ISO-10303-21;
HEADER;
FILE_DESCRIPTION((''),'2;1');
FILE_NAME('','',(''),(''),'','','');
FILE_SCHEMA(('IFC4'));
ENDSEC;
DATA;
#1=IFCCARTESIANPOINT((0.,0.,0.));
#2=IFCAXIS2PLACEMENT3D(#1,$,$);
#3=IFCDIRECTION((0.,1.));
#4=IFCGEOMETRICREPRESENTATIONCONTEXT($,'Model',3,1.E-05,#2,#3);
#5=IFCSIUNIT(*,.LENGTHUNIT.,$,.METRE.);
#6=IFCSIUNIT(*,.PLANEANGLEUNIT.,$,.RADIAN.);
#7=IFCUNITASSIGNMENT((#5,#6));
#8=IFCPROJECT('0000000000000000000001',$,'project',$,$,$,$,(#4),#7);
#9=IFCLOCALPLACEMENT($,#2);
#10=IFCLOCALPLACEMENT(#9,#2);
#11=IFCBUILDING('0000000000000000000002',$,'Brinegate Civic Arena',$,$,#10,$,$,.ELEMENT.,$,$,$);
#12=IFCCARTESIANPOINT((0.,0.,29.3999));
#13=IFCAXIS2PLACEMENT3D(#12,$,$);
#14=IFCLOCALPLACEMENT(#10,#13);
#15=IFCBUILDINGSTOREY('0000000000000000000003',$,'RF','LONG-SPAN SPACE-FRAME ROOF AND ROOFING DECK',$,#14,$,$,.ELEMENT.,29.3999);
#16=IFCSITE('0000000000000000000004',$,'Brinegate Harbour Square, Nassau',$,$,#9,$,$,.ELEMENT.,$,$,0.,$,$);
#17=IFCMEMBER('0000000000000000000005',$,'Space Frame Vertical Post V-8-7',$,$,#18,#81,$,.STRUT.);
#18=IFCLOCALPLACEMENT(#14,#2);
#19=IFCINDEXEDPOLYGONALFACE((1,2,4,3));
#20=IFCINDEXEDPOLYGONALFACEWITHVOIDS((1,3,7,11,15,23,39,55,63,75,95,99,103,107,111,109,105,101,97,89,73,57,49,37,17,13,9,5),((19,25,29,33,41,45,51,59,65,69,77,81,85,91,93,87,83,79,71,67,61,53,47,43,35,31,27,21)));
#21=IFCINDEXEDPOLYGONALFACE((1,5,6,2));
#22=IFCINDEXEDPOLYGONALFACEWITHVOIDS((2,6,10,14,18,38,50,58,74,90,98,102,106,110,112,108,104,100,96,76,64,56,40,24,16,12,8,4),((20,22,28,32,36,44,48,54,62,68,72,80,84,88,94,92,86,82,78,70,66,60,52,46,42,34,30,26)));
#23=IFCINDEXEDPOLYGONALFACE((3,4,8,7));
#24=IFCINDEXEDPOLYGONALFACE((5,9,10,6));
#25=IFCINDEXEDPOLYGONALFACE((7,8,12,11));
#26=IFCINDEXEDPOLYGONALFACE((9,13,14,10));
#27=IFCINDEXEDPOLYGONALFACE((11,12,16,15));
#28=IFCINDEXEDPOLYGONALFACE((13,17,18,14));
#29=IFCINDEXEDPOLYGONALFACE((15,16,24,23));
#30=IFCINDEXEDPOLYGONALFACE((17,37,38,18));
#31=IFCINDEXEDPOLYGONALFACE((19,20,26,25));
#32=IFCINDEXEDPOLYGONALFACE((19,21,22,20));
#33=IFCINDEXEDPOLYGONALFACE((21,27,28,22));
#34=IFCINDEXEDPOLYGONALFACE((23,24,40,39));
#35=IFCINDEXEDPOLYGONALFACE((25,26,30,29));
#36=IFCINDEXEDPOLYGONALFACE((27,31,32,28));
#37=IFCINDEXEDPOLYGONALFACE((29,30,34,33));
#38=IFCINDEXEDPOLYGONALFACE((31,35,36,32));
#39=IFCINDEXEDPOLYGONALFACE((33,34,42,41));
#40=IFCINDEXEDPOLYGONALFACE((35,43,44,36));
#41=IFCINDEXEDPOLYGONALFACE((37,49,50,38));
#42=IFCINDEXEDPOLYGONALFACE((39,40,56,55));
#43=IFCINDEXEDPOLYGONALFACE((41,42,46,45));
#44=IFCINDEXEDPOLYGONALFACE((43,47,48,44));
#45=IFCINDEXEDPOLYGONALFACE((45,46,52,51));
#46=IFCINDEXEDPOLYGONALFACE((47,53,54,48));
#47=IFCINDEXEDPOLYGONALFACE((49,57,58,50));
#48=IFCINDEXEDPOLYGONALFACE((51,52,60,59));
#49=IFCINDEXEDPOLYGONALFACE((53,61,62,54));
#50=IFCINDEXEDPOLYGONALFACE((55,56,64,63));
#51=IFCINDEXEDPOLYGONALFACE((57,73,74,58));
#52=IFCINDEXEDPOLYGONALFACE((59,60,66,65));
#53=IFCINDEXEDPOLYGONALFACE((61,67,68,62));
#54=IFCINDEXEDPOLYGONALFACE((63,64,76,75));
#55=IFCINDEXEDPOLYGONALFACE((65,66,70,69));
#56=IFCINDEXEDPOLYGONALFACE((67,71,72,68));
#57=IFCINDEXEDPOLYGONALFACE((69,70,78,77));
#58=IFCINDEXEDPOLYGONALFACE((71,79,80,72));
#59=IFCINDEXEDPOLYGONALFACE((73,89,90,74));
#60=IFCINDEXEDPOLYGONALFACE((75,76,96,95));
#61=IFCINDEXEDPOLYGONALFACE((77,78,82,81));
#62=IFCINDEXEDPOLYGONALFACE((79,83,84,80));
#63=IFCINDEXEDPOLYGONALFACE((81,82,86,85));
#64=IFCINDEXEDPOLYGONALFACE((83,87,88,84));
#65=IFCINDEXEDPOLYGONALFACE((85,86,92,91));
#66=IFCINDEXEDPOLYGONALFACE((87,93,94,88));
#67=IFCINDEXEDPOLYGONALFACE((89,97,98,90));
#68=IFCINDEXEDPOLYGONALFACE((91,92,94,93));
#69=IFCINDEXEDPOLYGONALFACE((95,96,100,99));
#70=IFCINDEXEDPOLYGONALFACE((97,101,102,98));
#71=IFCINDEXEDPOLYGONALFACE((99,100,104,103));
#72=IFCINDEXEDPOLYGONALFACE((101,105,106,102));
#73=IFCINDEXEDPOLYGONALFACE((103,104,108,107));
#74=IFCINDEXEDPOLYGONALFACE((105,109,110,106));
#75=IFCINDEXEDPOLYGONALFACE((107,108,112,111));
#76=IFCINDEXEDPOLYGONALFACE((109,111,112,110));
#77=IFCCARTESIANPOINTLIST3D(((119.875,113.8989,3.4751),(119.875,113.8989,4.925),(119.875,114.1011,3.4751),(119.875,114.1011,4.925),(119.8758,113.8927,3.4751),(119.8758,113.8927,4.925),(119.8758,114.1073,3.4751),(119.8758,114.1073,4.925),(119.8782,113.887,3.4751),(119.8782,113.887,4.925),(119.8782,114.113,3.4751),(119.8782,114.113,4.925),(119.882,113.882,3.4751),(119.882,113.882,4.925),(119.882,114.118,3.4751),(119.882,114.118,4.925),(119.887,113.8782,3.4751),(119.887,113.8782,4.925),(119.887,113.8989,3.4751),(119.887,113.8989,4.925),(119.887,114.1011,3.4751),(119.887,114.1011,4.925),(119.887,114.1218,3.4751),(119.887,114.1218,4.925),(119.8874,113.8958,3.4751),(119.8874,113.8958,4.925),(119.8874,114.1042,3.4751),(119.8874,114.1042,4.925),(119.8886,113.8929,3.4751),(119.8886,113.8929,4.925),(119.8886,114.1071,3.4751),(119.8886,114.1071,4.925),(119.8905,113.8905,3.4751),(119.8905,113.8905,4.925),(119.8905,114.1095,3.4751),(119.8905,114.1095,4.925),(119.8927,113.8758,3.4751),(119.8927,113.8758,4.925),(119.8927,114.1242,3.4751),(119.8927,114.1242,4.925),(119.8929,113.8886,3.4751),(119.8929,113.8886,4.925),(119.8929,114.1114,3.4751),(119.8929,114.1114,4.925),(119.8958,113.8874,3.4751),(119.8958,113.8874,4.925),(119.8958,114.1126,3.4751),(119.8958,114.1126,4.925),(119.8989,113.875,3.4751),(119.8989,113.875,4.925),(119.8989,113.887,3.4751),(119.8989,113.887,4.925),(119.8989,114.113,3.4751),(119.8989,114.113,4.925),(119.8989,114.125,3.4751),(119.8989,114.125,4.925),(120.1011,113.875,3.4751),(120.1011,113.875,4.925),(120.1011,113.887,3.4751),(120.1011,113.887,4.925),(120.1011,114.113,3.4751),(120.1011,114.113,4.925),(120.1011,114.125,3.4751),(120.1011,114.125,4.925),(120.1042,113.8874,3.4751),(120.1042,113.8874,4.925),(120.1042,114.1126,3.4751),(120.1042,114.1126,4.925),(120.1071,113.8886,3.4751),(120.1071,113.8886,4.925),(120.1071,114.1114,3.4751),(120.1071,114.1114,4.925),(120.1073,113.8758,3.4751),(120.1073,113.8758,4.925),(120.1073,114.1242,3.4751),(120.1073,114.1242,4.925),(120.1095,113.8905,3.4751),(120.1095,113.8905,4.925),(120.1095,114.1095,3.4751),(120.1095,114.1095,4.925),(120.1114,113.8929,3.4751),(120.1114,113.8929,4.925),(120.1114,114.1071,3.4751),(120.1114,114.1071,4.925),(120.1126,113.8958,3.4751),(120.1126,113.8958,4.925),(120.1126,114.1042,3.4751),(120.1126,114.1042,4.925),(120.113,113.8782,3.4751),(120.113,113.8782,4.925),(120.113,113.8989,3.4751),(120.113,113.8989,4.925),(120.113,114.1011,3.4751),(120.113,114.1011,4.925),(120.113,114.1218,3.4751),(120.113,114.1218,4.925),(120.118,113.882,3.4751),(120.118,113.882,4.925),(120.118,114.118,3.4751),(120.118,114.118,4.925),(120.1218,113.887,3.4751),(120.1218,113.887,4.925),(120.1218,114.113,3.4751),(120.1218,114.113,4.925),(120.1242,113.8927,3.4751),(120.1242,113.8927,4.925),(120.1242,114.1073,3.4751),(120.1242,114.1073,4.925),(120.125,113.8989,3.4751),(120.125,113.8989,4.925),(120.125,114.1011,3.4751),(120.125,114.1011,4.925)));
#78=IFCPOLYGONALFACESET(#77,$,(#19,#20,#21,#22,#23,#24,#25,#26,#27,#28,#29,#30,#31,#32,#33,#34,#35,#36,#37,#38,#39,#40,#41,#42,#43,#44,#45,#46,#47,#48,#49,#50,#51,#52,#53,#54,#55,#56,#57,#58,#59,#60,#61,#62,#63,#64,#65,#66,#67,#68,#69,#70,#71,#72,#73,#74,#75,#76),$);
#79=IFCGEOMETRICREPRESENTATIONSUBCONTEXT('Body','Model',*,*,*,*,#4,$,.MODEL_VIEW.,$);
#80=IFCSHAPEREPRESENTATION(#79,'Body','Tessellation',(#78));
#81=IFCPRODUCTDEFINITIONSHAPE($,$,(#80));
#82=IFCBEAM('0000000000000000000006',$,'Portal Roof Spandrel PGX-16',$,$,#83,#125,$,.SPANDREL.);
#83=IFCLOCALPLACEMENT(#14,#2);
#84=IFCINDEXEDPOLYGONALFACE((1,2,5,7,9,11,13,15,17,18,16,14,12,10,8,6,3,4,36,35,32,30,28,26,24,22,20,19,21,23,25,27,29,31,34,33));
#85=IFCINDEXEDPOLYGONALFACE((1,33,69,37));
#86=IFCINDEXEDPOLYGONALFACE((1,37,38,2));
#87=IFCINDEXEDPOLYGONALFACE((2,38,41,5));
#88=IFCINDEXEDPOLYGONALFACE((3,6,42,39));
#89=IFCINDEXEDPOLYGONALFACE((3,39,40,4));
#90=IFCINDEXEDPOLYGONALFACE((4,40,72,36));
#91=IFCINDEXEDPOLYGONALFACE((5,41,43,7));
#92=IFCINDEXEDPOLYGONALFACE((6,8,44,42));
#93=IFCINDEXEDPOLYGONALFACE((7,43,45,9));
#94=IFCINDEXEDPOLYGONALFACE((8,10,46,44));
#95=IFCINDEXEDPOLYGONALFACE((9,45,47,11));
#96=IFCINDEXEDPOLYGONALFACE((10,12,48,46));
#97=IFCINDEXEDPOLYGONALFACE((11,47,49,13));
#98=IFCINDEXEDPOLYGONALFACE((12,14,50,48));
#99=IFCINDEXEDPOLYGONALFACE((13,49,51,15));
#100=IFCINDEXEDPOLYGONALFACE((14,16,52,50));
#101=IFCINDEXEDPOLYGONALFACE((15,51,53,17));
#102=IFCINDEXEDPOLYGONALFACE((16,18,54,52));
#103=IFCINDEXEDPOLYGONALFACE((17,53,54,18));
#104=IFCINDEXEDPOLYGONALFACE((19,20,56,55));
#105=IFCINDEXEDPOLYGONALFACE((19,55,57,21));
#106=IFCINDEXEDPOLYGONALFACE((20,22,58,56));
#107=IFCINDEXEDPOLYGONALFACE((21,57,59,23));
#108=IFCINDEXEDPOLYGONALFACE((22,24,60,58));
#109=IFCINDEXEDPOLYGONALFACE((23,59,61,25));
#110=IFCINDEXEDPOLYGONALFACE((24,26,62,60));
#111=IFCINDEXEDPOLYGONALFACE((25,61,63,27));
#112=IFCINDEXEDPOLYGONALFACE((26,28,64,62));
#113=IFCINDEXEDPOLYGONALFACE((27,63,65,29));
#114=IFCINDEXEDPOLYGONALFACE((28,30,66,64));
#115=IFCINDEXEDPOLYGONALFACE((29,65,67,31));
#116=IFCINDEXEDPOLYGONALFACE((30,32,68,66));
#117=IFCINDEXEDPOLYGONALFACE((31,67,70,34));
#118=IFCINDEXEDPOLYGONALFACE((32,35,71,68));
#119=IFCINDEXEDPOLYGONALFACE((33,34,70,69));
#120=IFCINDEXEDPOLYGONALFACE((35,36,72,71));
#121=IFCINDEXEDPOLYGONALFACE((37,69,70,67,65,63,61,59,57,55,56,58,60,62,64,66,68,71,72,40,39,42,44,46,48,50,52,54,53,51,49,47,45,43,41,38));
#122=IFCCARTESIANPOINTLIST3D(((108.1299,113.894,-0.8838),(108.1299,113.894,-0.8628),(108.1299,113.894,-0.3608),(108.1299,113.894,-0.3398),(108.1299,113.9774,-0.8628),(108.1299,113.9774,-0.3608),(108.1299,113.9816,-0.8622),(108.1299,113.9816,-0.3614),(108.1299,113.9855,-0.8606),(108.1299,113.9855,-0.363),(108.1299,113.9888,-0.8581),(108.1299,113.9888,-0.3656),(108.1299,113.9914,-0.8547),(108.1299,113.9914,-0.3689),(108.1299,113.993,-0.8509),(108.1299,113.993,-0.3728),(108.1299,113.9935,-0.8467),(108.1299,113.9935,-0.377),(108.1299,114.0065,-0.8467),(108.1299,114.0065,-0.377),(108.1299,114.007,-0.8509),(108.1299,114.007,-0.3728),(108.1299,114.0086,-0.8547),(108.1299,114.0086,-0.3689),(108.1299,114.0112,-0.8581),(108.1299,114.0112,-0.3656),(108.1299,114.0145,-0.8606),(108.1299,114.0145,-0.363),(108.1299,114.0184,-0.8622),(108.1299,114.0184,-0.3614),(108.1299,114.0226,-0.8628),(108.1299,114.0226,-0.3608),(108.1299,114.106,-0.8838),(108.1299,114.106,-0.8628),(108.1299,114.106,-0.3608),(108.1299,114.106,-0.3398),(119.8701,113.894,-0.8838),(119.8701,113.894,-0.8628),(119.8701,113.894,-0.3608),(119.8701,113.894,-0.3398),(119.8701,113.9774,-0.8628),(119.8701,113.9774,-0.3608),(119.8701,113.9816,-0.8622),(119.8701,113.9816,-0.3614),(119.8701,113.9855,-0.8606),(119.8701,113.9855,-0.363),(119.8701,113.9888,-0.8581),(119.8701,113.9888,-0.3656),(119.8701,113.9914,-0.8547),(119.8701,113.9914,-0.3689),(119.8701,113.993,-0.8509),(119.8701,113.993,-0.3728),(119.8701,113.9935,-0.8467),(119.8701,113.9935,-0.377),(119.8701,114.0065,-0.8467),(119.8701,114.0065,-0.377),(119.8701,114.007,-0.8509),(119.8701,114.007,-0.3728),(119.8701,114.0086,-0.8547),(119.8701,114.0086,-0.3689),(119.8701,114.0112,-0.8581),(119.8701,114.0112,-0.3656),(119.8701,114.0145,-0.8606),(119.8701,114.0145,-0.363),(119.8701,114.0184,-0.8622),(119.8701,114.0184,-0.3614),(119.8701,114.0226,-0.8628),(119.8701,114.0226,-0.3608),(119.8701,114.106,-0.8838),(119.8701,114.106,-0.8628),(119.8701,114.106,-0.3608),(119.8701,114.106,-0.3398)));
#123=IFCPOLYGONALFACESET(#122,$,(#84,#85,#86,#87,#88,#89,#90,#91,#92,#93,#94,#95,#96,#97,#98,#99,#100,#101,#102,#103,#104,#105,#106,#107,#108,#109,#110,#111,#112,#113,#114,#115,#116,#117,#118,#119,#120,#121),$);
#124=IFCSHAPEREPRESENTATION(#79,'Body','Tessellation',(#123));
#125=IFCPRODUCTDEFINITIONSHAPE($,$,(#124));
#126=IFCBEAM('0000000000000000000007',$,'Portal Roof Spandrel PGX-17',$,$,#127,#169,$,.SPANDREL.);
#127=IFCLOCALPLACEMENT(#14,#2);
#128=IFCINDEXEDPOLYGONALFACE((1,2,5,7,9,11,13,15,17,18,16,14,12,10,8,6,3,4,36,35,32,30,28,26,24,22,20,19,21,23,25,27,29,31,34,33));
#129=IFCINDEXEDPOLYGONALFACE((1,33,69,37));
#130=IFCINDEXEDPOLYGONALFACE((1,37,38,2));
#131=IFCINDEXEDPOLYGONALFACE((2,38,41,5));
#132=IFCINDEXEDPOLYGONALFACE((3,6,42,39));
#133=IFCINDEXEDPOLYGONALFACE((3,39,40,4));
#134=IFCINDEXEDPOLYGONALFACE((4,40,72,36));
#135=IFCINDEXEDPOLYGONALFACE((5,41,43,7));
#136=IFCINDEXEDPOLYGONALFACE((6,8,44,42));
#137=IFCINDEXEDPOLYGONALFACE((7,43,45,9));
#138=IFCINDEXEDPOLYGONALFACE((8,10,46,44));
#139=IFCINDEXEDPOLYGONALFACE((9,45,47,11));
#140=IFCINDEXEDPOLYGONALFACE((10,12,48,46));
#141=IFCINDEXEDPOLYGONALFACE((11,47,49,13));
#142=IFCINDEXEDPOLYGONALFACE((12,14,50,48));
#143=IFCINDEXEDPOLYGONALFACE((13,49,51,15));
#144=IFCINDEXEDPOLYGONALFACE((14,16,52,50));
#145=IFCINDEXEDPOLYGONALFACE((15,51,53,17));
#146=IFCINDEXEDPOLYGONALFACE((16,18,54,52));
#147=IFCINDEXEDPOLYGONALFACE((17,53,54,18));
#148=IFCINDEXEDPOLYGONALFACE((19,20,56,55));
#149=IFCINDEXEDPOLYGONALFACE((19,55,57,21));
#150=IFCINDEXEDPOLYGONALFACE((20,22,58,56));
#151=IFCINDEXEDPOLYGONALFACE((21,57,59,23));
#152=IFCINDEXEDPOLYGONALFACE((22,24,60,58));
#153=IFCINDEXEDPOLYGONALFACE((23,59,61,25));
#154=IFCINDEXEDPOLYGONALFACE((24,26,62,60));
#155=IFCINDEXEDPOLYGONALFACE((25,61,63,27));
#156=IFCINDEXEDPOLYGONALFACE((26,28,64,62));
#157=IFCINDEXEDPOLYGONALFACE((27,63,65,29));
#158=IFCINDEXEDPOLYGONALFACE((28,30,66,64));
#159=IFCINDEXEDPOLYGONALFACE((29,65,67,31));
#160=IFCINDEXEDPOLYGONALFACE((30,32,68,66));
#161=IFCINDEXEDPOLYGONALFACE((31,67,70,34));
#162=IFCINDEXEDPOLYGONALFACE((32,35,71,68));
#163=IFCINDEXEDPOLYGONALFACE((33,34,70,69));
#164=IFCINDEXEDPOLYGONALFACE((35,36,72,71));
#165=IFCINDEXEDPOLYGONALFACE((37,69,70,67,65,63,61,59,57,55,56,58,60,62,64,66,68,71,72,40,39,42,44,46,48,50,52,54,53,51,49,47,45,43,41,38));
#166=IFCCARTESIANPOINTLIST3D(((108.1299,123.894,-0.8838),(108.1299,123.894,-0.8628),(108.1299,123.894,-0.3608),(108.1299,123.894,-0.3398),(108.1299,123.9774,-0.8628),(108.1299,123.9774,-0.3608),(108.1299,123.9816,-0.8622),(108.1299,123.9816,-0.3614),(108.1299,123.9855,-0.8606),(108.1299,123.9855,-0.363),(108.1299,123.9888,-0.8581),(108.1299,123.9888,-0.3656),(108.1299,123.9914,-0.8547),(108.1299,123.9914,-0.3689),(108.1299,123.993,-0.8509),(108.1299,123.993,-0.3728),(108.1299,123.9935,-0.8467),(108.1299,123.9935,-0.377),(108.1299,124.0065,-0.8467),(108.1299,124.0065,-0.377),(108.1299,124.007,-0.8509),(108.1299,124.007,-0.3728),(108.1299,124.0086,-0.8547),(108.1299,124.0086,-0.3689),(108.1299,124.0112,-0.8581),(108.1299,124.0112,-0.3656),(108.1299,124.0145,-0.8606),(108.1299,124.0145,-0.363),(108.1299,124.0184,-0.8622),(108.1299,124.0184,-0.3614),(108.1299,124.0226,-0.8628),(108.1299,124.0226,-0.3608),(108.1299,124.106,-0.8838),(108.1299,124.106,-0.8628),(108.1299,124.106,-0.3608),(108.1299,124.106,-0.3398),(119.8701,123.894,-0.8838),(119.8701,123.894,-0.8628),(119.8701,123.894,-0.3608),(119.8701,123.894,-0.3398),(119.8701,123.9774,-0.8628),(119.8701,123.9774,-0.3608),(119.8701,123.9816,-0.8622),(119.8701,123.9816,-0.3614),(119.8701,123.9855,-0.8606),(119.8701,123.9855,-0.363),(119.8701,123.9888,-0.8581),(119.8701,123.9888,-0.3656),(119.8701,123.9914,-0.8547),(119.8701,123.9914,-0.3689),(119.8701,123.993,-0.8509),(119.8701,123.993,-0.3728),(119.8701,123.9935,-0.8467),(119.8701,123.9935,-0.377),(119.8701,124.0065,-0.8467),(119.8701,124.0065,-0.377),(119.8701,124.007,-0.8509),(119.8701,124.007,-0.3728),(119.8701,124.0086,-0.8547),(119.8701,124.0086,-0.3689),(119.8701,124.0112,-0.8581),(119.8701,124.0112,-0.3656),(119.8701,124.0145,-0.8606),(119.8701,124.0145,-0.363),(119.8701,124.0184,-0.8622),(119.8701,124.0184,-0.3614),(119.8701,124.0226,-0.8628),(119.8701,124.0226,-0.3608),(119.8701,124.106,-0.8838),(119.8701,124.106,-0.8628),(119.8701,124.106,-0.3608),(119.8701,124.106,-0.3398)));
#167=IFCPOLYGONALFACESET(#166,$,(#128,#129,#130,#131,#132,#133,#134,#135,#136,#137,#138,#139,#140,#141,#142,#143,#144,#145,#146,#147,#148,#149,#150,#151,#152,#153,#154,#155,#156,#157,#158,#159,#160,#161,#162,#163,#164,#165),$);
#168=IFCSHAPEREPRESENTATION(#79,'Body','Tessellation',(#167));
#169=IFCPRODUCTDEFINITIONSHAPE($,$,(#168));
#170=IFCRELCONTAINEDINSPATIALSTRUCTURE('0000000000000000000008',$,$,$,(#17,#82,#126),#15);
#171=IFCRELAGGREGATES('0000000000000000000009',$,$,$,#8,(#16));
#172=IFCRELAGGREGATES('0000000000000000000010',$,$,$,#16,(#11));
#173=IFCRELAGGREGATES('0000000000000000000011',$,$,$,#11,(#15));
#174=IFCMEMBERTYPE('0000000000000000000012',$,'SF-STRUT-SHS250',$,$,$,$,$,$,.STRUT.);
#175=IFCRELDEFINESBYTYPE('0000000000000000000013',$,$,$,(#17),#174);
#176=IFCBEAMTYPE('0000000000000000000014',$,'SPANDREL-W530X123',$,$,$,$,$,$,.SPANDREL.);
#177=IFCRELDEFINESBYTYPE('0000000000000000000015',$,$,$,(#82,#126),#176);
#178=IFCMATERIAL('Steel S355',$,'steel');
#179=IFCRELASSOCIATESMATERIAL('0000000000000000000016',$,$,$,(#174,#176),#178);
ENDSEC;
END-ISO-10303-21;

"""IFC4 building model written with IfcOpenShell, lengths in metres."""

from ifc_helpers import new_model, si_unit, direction, frame, origin, origin_2d, place, context, subcontext, project, spatial, hollow_rectangle, i_section, extrude, material, material_profile, profile_set, type_object, element, save


model = new_model("IFC4")

# Units and contexts
model_context = context("Model", 3, precision=1e-05, world=origin(), true_north=direction((0.0, 1.0)))
body_context = subcontext(model_context, "Body", "Model", "MODEL_VIEW")
ifc_project = project(units=[si_unit("LENGTHUNIT", "METRE"), si_unit("PLANEANGLEUNIT", "RADIAN")], contexts=[model_context])

# Site, building, storey
site_placement = place(None, origin())
site = spatial("IfcSite", under=ifc_project, at=site_placement, Name="Brinegate Harbour Square, Nassau", CompositionType="ELEMENT", RefElevation=0.0)
building_placement = place(site_placement, origin())
building = spatial("IfcBuilding", under=site, at=building_placement, Name="Brinegate Civic Arena", CompositionType="ELEMENT")
storey_placement = place(building_placement, frame((0.0, 0.0, 29.3999)))
storey = spatial("IfcBuildingStorey", under=building, at=storey_placement, Name="RF", Description="LONG-SPAN SPACE-FRAME ROOF AND ROOFING DECK", CompositionType="ELEMENT", Elevation=29.3999)

# Shared definitions
ifc_material_1 = material(Name="Steel S355", Category="steel")

# Member
ifc_material_profile_1 = material_profile(ifc_material_1, hollow_rectangle(XDim=0.25, YDim=0.25, WallThickness=0.012, InnerFilletRadius=0.012, OuterFilletRadius=0.0239, at=origin_2d()), Name="SHS250X12")
ifc_profile_set_1 = profile_set([ifc_material_profile_1], Name="Steel S355")
member_type_1 = type_object("IfcMemberType", Name="SF-STRUT-SHS250", PredefinedType="STRUT", material=ifc_profile_set_1)
for number, where, z_axis, x_axis, name in (
    (1, (120.0, 114.0, 3.4751), (0.0, 0.0, 1.0), (1.0, 0.0, 0.0), "Space Frame Vertical Post V-8-7"),
):
    element("IfcMember", number, at=place(storey_placement, frame(where, z_axis=z_axis, x_axis=x_axis)), inside=storey, type_object=member_type_1, Name=name, PredefinedType="STRUT", context=body_context, shape_type="SweptSolid", body=[
        extrude(hollow_rectangle(XDim=0.25, YDim=0.25, WallThickness=0.012, InnerFilletRadius=0.012, OuterFilletRadius=0.0239, at=origin_2d()), origin(), (0.0, 0.0, 1.0), 1.45),
    ])

# Beams
ifc_material_profile_2 = material_profile(ifc_material_1, i_section(OverallWidth=0.2119, OverallDepth=0.5439, WebThickness=0.0129, FlangeThickness=0.021, FilletRadius=0.0161, at=origin_2d()), Name="W530X123")
ifc_profile_set_2 = profile_set([ifc_material_profile_2], Name="Steel S355")
beam_type_1 = type_object("IfcBeamType", Name="SPANDREL-W530X123", PredefinedType="SPANDREL", material=ifc_profile_set_2)
for number, where, z_axis, x_axis, name in (
    (2, (108.1299, 114.0, -0.6118), (1.0, 0.0, 0.0), (0.0, 1.0, 0.0), "Portal Roof Spandrel PGX-16"),
    (3, (108.1299, 124.0, -0.6118), (1.0, 0.0, 0.0), (0.0, 1.0, 0.0), "Portal Roof Spandrel PGX-17"),
):
    element("IfcBeam", number, at=place(storey_placement, frame(where, z_axis=z_axis, x_axis=x_axis)), inside=storey, type_object=beam_type_1, Name=name, PredefinedType="SPANDREL", context=body_context, shape_type="SweptSolid", body=[
        extrude(i_section(OverallWidth=0.2119, OverallDepth=0.5439, WebThickness=0.0129, FlangeThickness=0.021, FilletRadius=0.0161, at=origin_2d()), origin(), (0.0, 0.0, 1.0), 11.7402),
    ])

save(model, "model.ifc")
